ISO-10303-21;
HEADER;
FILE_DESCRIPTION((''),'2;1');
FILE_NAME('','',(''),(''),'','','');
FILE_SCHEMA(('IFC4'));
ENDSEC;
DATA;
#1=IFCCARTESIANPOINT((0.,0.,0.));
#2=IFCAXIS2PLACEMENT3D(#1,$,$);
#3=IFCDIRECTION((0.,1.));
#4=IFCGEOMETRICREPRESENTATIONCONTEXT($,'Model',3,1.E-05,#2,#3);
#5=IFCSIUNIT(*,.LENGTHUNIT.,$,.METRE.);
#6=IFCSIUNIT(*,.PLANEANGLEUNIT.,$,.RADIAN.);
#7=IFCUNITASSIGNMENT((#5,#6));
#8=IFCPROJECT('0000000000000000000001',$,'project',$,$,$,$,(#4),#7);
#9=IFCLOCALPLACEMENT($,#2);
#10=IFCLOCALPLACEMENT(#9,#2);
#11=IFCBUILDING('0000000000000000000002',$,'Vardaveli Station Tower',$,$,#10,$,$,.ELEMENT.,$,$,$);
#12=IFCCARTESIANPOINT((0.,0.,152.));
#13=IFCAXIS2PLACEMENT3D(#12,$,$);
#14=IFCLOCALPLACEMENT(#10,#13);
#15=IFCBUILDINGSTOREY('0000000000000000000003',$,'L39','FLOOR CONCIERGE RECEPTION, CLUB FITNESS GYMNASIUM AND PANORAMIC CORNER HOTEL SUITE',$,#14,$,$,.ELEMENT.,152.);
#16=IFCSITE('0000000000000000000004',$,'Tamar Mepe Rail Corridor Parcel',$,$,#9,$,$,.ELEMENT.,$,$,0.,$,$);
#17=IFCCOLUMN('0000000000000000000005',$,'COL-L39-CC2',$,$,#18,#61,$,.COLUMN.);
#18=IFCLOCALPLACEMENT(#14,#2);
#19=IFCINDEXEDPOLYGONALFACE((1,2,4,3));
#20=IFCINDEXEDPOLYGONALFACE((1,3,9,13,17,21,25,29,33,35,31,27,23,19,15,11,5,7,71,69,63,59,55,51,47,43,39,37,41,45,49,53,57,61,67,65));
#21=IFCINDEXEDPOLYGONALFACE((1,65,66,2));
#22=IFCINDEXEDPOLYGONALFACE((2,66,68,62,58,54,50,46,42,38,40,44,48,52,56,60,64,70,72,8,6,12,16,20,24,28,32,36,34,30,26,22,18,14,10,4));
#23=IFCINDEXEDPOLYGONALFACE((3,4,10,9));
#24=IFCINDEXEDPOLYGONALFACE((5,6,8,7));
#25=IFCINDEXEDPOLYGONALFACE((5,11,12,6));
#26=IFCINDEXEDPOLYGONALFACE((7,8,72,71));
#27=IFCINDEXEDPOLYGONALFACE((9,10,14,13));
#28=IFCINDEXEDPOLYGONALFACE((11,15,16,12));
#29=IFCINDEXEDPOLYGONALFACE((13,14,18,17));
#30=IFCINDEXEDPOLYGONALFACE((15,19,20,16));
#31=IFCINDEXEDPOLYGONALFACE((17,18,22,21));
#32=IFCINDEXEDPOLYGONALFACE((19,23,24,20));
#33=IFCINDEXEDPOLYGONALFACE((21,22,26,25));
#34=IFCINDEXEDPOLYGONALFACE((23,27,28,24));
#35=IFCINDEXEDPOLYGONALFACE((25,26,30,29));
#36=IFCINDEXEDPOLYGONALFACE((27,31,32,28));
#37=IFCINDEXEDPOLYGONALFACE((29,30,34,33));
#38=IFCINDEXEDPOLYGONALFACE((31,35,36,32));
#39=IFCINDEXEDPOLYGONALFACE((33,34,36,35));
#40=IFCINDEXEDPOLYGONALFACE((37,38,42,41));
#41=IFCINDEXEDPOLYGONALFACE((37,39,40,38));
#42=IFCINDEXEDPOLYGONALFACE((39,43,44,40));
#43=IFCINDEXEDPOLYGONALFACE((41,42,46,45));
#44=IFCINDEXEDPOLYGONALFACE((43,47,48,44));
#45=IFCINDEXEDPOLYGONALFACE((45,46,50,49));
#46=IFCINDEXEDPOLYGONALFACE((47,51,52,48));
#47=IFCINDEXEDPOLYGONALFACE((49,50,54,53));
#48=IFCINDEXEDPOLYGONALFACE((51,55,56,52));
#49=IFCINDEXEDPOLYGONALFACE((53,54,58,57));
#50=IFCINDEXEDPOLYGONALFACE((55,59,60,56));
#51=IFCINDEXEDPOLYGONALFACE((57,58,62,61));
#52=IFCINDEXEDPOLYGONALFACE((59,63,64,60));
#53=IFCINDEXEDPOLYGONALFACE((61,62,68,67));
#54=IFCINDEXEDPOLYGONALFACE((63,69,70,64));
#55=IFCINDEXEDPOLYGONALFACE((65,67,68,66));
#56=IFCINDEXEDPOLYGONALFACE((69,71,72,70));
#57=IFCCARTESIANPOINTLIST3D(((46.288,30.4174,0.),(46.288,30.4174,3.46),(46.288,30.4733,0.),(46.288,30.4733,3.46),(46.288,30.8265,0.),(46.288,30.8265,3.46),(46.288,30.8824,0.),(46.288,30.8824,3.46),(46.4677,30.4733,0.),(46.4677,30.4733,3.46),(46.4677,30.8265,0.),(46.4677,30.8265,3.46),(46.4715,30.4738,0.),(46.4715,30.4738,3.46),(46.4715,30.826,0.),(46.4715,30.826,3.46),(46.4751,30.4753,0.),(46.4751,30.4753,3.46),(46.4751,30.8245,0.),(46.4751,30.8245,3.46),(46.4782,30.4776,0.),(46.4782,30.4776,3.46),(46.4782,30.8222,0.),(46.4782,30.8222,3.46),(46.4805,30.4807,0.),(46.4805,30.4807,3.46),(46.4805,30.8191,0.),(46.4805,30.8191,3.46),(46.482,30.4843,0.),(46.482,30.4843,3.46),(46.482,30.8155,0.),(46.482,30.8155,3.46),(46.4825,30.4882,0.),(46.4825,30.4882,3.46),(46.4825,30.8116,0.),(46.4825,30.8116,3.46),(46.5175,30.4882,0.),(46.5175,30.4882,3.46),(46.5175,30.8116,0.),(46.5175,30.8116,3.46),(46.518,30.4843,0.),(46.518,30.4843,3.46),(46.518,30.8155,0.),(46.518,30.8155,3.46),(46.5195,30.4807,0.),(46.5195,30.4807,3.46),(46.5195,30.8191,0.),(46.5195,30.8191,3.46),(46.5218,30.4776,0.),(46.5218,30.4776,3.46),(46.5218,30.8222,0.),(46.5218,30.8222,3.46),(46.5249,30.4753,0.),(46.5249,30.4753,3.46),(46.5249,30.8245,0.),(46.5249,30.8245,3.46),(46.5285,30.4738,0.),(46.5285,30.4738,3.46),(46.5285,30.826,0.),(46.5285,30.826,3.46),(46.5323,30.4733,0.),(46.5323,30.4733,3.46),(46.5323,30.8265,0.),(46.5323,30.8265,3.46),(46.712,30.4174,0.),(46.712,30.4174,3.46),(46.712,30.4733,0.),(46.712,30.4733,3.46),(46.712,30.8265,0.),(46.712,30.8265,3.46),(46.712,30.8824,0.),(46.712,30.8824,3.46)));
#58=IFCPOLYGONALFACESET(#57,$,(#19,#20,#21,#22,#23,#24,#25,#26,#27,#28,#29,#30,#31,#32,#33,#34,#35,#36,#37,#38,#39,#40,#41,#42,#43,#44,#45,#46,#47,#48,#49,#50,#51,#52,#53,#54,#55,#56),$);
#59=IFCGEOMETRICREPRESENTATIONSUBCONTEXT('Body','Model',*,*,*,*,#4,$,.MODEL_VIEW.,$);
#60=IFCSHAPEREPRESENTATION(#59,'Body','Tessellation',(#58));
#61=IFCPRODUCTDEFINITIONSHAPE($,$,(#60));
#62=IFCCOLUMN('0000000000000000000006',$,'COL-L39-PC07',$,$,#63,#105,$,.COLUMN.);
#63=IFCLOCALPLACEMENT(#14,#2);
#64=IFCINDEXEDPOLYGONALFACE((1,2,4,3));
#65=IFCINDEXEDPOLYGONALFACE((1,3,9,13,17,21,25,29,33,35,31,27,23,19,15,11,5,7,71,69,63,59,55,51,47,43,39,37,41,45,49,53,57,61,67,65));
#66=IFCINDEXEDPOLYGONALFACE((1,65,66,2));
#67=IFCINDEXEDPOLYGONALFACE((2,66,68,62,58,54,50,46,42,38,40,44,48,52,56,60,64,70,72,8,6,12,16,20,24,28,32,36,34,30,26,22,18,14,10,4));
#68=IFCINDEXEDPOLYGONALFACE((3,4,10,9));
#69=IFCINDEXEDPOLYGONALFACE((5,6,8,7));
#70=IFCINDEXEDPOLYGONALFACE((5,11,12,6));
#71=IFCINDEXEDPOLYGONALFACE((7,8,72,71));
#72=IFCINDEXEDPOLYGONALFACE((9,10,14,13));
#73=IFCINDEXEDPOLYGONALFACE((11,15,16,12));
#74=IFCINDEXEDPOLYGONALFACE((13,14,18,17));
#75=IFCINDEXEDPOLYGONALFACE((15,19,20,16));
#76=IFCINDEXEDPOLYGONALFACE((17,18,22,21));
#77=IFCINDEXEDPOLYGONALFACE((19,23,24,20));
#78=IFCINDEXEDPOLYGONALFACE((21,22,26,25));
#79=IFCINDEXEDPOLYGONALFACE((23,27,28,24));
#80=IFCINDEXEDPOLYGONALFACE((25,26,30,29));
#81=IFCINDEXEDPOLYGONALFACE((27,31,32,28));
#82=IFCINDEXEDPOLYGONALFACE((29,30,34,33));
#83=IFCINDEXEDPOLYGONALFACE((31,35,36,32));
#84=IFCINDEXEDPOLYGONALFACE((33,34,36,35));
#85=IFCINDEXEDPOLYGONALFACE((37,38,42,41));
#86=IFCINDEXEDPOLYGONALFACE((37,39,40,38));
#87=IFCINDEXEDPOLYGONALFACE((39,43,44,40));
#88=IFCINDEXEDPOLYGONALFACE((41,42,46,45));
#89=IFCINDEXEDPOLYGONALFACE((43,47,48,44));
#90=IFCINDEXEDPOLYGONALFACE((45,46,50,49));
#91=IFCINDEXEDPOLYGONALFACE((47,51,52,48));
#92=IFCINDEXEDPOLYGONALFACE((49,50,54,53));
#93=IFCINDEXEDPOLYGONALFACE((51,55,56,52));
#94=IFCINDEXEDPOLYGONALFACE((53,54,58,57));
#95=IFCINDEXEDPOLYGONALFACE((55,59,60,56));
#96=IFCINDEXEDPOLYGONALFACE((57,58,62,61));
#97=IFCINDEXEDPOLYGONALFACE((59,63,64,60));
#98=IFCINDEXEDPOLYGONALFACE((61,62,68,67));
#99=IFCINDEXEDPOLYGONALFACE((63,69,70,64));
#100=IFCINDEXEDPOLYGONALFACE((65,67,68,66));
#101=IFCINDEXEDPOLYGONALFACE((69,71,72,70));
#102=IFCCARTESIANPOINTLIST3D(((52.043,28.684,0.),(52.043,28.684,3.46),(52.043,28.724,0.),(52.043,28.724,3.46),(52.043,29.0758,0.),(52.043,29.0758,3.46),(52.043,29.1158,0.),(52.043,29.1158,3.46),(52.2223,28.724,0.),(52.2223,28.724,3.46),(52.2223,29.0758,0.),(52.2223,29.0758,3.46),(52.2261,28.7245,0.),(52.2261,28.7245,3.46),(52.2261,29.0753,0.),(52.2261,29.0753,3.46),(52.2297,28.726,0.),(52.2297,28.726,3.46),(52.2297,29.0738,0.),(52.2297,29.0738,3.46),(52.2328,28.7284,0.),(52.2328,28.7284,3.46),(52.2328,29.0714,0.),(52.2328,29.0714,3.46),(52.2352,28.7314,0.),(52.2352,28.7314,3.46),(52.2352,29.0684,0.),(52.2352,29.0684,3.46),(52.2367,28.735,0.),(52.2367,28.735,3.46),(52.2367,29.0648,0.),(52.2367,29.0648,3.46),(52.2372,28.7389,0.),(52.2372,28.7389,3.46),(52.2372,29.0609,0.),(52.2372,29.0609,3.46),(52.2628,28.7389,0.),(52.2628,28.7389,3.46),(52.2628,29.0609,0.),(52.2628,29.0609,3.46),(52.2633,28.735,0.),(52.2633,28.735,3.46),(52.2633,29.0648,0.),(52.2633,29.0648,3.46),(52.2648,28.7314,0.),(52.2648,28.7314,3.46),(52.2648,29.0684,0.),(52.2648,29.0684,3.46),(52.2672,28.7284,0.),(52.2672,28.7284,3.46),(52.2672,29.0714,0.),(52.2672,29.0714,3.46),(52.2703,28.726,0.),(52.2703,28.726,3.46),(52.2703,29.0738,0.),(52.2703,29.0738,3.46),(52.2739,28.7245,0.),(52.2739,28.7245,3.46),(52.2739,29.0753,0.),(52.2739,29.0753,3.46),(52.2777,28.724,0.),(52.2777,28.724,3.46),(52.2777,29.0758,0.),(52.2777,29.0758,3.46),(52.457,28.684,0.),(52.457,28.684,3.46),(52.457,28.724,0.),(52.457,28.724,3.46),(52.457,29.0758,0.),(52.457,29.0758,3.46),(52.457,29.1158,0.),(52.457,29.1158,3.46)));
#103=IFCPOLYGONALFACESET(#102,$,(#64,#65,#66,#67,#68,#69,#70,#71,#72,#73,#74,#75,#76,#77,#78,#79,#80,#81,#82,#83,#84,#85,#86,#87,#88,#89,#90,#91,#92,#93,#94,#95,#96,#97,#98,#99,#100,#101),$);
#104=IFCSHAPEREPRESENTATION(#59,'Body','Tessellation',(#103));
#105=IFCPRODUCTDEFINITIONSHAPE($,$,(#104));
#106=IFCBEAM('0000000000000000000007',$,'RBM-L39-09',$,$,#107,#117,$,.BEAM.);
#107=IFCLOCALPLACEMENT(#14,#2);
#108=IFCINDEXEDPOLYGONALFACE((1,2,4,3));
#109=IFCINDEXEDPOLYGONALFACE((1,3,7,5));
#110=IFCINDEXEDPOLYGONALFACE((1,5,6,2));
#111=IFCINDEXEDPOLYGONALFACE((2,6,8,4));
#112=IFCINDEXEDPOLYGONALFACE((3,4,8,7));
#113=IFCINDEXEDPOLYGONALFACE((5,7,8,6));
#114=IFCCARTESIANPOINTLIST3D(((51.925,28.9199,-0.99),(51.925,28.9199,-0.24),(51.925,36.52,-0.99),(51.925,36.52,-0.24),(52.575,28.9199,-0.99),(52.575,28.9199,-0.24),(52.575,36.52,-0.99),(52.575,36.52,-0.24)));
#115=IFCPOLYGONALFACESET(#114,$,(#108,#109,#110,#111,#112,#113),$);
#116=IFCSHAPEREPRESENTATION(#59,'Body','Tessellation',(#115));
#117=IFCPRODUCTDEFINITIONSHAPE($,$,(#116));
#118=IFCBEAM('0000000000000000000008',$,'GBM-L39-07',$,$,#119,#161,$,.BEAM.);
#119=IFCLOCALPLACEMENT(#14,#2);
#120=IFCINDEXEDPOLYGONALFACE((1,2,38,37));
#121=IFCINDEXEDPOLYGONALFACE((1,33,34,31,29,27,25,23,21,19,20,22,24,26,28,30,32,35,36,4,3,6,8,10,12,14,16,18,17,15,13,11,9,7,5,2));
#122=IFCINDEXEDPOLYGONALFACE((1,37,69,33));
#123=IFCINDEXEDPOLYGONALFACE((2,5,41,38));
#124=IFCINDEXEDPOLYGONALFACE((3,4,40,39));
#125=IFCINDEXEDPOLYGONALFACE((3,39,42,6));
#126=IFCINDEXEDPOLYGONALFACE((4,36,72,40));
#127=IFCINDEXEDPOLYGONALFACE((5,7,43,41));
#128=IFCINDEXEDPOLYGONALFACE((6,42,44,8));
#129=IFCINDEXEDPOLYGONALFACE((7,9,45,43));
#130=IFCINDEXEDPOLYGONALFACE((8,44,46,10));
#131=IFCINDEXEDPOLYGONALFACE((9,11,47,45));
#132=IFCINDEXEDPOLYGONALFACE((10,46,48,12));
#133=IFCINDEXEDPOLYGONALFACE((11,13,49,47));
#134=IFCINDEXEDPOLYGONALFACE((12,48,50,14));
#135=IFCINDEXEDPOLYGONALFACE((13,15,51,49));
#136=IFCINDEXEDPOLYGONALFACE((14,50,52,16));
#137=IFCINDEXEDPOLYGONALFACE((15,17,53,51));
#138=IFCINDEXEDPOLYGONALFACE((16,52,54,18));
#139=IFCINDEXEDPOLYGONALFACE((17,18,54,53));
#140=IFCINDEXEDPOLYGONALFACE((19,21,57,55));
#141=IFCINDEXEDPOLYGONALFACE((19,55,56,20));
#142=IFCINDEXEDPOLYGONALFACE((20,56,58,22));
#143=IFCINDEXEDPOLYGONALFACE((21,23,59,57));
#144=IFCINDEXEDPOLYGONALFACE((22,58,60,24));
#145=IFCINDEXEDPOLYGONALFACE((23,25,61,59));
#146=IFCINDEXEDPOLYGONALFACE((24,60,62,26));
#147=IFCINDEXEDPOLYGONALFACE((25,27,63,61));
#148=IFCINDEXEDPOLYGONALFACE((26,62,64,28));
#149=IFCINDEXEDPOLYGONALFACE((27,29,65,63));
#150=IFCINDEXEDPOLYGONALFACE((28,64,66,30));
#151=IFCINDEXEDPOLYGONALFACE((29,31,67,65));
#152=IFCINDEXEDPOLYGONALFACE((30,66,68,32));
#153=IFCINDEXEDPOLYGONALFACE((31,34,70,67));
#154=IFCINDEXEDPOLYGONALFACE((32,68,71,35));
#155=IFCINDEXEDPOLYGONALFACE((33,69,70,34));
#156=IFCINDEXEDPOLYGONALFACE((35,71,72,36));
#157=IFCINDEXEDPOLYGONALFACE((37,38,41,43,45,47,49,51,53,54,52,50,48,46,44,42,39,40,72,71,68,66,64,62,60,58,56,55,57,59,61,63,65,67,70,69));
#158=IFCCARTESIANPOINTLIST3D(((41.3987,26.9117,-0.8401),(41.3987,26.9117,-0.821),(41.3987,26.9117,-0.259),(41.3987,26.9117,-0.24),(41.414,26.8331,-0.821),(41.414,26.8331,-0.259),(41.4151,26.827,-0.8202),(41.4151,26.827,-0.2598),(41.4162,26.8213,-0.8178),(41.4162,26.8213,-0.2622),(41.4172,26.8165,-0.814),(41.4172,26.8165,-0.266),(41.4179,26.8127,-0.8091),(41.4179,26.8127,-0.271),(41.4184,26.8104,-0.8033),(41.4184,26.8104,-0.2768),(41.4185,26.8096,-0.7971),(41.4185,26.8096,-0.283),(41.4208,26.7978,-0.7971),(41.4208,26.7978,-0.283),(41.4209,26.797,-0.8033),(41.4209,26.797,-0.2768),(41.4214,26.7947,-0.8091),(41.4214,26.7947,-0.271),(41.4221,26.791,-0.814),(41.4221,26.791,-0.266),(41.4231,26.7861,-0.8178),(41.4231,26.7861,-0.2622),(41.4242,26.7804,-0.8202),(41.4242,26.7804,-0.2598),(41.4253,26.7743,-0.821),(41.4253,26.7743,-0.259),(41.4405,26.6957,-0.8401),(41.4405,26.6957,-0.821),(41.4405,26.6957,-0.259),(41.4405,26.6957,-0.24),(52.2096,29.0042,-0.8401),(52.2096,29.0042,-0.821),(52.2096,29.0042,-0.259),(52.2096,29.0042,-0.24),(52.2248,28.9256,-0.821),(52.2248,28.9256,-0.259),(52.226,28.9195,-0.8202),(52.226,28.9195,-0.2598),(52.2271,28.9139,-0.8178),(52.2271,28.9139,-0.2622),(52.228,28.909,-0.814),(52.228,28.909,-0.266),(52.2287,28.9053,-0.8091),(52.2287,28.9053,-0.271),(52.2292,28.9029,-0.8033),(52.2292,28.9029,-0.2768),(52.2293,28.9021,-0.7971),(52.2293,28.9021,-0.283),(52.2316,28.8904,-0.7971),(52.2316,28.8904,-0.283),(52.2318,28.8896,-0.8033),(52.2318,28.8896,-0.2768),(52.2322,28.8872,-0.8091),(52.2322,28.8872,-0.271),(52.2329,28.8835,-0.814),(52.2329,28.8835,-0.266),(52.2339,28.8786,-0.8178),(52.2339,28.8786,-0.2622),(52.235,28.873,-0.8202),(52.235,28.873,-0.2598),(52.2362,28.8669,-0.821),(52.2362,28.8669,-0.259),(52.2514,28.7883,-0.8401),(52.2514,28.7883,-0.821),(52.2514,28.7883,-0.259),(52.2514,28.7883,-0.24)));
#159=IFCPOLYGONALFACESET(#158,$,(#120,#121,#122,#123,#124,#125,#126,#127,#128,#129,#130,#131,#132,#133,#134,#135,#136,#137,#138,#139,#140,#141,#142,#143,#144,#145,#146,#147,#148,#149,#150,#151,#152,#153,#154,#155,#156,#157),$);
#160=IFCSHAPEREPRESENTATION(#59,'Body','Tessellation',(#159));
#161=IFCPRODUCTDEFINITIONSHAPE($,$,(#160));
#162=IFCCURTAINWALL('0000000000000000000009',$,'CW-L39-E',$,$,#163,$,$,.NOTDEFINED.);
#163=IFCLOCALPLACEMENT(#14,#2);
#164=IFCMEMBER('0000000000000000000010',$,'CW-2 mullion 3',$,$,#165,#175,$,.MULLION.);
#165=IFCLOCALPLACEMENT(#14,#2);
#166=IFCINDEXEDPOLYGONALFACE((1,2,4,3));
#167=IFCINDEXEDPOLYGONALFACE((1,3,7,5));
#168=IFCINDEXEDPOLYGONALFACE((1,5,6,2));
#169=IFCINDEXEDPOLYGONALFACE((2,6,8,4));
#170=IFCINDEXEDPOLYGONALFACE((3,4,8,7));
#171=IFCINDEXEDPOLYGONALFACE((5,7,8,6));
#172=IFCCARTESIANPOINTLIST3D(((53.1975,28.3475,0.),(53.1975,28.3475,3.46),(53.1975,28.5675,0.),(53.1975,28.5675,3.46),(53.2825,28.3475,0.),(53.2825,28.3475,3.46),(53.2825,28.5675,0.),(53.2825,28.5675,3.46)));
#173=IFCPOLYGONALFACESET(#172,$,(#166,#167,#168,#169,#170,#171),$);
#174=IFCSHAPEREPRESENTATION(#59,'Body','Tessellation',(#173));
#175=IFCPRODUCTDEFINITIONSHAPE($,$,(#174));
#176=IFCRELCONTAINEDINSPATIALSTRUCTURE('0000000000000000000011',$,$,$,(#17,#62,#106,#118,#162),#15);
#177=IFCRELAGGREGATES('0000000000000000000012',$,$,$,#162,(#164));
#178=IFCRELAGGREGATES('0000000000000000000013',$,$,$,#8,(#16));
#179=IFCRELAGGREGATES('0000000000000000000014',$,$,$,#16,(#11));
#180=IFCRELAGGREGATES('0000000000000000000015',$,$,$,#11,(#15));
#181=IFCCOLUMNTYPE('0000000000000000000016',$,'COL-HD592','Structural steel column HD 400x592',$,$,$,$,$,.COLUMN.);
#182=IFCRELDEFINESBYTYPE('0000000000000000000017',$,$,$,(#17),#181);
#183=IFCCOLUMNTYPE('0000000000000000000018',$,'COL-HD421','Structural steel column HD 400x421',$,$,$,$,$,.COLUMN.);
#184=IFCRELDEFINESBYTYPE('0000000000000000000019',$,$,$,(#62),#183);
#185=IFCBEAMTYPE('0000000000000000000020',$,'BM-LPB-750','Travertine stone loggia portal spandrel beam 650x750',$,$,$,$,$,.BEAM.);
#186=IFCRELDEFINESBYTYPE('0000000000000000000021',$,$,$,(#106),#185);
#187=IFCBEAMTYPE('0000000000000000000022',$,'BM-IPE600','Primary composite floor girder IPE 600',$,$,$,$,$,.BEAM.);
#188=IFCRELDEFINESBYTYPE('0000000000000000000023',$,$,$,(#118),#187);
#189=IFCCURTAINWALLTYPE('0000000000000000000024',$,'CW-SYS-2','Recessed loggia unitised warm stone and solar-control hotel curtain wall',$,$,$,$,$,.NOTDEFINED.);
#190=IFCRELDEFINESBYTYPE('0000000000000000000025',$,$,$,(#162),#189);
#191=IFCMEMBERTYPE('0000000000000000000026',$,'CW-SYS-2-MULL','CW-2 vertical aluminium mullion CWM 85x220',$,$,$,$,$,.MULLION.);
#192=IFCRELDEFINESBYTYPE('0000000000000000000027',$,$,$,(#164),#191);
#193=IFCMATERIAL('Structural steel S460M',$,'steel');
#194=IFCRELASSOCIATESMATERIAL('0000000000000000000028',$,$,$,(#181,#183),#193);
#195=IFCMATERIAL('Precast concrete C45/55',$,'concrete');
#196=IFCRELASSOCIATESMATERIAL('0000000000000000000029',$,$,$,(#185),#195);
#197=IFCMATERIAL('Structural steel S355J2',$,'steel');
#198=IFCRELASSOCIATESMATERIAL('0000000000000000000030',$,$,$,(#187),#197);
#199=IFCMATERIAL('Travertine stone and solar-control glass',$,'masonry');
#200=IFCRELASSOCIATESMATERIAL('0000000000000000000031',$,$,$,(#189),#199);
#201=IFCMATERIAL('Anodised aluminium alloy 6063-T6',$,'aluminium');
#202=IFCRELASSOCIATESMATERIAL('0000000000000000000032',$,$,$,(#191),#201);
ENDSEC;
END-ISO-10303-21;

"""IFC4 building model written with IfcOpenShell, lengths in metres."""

from ifc_helpers import new_model, si_unit, direction, frame, origin, origin_2d, place, context, subcontext, project, spatial, rectangle, i_section, extrude, source, transform, mapped, material, material_profile, profile_set, type_object, element, aggregate, save


model = new_model("IFC4")

# Units and contexts
model_context = context("Model", 3, precision=1e-05, world=origin(), true_north=direction((0.0, 1.0)))
body_context = subcontext(model_context, "Body", "Model", "MODEL_VIEW")
ifc_project = project(units=[si_unit("LENGTHUNIT", "METRE"), si_unit("PLANEANGLEUNIT", "RADIAN")], contexts=[model_context])

# Site, building, storey
site_placement = place(None, origin())
site = spatial("IfcSite", under=ifc_project, at=site_placement, Name="Tamar Mepe Rail Corridor Parcel", CompositionType="ELEMENT", RefElevation=0.0)
building_placement = place(site_placement, origin())
building = spatial("IfcBuilding", under=site, at=building_placement, Name="Vardaveli Station Tower", CompositionType="ELEMENT")
storey_placement = place(building_placement, frame((0.0, 0.0, 152.0)))
storey = spatial("IfcBuildingStorey", under=building, at=storey_placement, Name="L39", Description="FLOOR CONCIERGE RECEPTION, CLUB FITNESS GYMNASIUM AND PANORAMIC CORNER HOTEL SUITE", CompositionType="ELEMENT", Elevation=152.0)

# Columns
ifc_material_1 = material(Name="Structural steel S460M", Category="steel")
ifc_material_profile_1 = material_profile(ifc_material_1, i_section(OverallWidth=0.4241, OverallDepth=0.4651, WebThickness=0.0349, FlangeThickness=0.0559, FilletRadius=0.0149, at=origin_2d()), Name="HD 400x592")
ifc_profile_set_1 = profile_set([ifc_material_profile_1], Name="Structural steel S460M")
column_type_1 = type_object("IfcColumnType", Name="COL-HD592", Description="Structural steel column HD 400x592", PredefinedType="COLUMN", material=ifc_profile_set_1)
shared_shape_1 = source(origin(), body_context, "Body", "SweptSolid", [
    extrude(i_section(OverallWidth=0.4241, OverallDepth=0.4651, WebThickness=0.0349, FlangeThickness=0.0559, FilletRadius=0.0149, at=origin_2d()), origin(), (0.0, 0.0, 1.0), 3.46),
])
column_1_placement = place(storey_placement, frame((46.5, 30.6499, 0.0), z_axis=(0.0, 0.0, 1.0), x_axis=(1.0, 0.0, 0.0)))
element("IfcColumn", 1, at=column_1_placement, inside=storey, type_object=column_type_1, Name="COL-L39-CC2", PredefinedType="COLUMN", context=body_context, shape_type="MappedRepresentation", body=[
    mapped(shared_shape_1, transform((0.0, 0.0, 0.0), scale=1.0)),
])
ifc_material_profile_2 = material_profile(ifc_material_1, i_section(OverallWidth=0.4141, OverallDepth=0.4319, WebThickness=0.0256, FlangeThickness=0.04, FilletRadius=0.0149, at=origin_2d()), Name="HD 400x421")
ifc_profile_set_2 = profile_set([ifc_material_profile_2], Name="Structural steel S460M")
column_type_2 = type_object("IfcColumnType", Name="COL-HD421", Description="Structural steel column HD 400x421", PredefinedType="COLUMN", material=ifc_profile_set_2)
shared_shape_2 = source(origin(), body_context, "Body", "SweptSolid", [
    extrude(i_section(OverallWidth=0.4141, OverallDepth=0.4319, WebThickness=0.0256, FlangeThickness=0.04, FilletRadius=0.0149, at=origin_2d()), origin(), (0.0, 0.0, 1.0), 3.46),
])
column_2_placement = place(storey_placement, frame((52.25, 28.8999, 0.0), z_axis=(0.0, 0.0, 1.0), x_axis=(1.0, 0.0, 0.0)))
element("IfcColumn", 2, at=column_2_placement, inside=storey, type_object=column_type_2, Name="COL-L39-PC07", PredefinedType="COLUMN", context=body_context, shape_type="MappedRepresentation", body=[
    mapped(shared_shape_2, transform((0.0, 0.0, 0.0), scale=1.0)),
])

# Beams
ifc_material_2 = material(Name="Precast concrete C45/55", Category="concrete")
ifc_material_profile_3 = material_profile(ifc_material_2, rectangle(XDim=0.6499, YDim=0.75, at=origin_2d()), Name="LPB 650x750")
ifc_profile_set_3 = profile_set([ifc_material_profile_3], Name="Precast concrete C45/55")
beam_type_1 = type_object("IfcBeamType", Name="BM-LPB-750", Description="Travertine stone loggia portal spandrel beam 650x750", PredefinedType="BEAM", material=ifc_profile_set_3)
shared_shape_3 = source(origin(), body_context, "Body", "SweptSolid", [
    extrude(rectangle(XDim=0.6499, YDim=0.75, at=origin_2d()), origin(), (0.0, 0.0, 1.0), 7.6001),
])
beam_1_placement = place(storey_placement, frame((52.25, 28.9199, -0.615), z_axis=(0.0, 1.0, 0.0), x_axis=(-1.0, 0.0, 0.0)))
element("IfcBeam", 3, at=beam_1_placement, inside=storey, type_object=beam_type_1, Name="RBM-L39-09", PredefinedType="BEAM", context=body_context, shape_type="MappedRepresentation", body=[
    mapped(shared_shape_3, transform((0.0, 0.0, 0.0), scale=1.0)),
])
ifc_material_3 = material(Name="Structural steel S355J2", Category="steel")
ifc_material_profile_4 = material_profile(ifc_material_3, i_section(OverallWidth=0.22, OverallDepth=0.6001, WebThickness=0.012, FlangeThickness=0.019, FilletRadius=0.0239, at=origin_2d()), Name="IPE 600")
ifc_profile_set_4 = profile_set([ifc_material_profile_4], Name="Structural steel S355J2")
beam_type_2 = type_object("IfcBeamType", Name="BM-IPE600", Description="Primary composite floor girder IPE 600", PredefinedType="BEAM", material=ifc_profile_set_4)
shared_shape_4 = source(origin(), body_context, "Body", "SweptSolid", [
    extrude(i_section(OverallWidth=0.22, OverallDepth=0.6001, WebThickness=0.012, FlangeThickness=0.019, FilletRadius=0.0239, at=origin_2d()), origin(), (0.0, 0.0, 1.0), 11.0115),
])
beam_2_placement = place(storey_placement, frame((52.2305, 28.8962, -0.54), z_axis=(-0.981778, -0.190032, 0.0), x_axis=(0.190032, -0.981778, 0.0)))
element("IfcBeam", 4, at=beam_2_placement, inside=storey, type_object=beam_type_2, Name="GBM-L39-07", PredefinedType="BEAM", context=body_context, shape_type="MappedRepresentation", body=[
    mapped(shared_shape_4, transform((0.0, 0.0, 0.0), scale=1.0)),
])

# Curtain wall, member
ifc_material_4 = material(Name="Travertine stone and solar-control glass", Category="masonry")
curtain_wall_type = type_object("IfcCurtainWallType", Name="CW-SYS-2", Description="Recessed loggia unitised warm stone and solar-control hotel curtain wall", PredefinedType="NOTDEFINED", material=ifc_material_4)
curtain_wall_placement = place(storey_placement, origin())
curtain_wall = element("IfcCurtainWall", 5, at=curtain_wall_placement, inside=storey, type_object=curtain_wall_type, Name="CW-L39-E", PredefinedType="NOTDEFINED")
ifc_material_5 = material(Name="Anodised aluminium alloy 6063-T6", Category="aluminium")
ifc_material_profile_5 = material_profile(ifc_material_5, rectangle(XDim=0.085, YDim=0.22, at=origin_2d()), Name="CWM 85x220")
ifc_profile_set_5 = profile_set([ifc_material_profile_5], Name="Anodised aluminium alloy 6063-T6")
member_type = type_object("IfcMemberType", Name="CW-SYS-2-MULL", Description="CW-2 vertical aluminium mullion CWM 85x220", PredefinedType="MULLION", material=ifc_profile_set_5)
shared_shape_5 = source(origin(), body_context, "Body", "SweptSolid", [
    extrude(rectangle(XDim=0.085, YDim=0.22, at=origin_2d()), origin(), (0.0, 0.0, 1.0), 3.46),
])
member_placement = place(storey_placement, frame((53.24, 28.4575, 0.0), z_axis=(0.0, 0.0, 1.0), x_axis=(-1.0, 0.0, 0.0)))
member = element("IfcMember", 6, at=member_placement, type_object=member_type, Name="CW-2 mullion 3", PredefinedType="MULLION", context=body_context, shape_type="MappedRepresentation", body=[
    mapped(shared_shape_5, transform((0.0, 0.0, 0.0), scale=1.0)),
])
aggregate(curtain_wall, [member])

save(model, "model.ifc")
